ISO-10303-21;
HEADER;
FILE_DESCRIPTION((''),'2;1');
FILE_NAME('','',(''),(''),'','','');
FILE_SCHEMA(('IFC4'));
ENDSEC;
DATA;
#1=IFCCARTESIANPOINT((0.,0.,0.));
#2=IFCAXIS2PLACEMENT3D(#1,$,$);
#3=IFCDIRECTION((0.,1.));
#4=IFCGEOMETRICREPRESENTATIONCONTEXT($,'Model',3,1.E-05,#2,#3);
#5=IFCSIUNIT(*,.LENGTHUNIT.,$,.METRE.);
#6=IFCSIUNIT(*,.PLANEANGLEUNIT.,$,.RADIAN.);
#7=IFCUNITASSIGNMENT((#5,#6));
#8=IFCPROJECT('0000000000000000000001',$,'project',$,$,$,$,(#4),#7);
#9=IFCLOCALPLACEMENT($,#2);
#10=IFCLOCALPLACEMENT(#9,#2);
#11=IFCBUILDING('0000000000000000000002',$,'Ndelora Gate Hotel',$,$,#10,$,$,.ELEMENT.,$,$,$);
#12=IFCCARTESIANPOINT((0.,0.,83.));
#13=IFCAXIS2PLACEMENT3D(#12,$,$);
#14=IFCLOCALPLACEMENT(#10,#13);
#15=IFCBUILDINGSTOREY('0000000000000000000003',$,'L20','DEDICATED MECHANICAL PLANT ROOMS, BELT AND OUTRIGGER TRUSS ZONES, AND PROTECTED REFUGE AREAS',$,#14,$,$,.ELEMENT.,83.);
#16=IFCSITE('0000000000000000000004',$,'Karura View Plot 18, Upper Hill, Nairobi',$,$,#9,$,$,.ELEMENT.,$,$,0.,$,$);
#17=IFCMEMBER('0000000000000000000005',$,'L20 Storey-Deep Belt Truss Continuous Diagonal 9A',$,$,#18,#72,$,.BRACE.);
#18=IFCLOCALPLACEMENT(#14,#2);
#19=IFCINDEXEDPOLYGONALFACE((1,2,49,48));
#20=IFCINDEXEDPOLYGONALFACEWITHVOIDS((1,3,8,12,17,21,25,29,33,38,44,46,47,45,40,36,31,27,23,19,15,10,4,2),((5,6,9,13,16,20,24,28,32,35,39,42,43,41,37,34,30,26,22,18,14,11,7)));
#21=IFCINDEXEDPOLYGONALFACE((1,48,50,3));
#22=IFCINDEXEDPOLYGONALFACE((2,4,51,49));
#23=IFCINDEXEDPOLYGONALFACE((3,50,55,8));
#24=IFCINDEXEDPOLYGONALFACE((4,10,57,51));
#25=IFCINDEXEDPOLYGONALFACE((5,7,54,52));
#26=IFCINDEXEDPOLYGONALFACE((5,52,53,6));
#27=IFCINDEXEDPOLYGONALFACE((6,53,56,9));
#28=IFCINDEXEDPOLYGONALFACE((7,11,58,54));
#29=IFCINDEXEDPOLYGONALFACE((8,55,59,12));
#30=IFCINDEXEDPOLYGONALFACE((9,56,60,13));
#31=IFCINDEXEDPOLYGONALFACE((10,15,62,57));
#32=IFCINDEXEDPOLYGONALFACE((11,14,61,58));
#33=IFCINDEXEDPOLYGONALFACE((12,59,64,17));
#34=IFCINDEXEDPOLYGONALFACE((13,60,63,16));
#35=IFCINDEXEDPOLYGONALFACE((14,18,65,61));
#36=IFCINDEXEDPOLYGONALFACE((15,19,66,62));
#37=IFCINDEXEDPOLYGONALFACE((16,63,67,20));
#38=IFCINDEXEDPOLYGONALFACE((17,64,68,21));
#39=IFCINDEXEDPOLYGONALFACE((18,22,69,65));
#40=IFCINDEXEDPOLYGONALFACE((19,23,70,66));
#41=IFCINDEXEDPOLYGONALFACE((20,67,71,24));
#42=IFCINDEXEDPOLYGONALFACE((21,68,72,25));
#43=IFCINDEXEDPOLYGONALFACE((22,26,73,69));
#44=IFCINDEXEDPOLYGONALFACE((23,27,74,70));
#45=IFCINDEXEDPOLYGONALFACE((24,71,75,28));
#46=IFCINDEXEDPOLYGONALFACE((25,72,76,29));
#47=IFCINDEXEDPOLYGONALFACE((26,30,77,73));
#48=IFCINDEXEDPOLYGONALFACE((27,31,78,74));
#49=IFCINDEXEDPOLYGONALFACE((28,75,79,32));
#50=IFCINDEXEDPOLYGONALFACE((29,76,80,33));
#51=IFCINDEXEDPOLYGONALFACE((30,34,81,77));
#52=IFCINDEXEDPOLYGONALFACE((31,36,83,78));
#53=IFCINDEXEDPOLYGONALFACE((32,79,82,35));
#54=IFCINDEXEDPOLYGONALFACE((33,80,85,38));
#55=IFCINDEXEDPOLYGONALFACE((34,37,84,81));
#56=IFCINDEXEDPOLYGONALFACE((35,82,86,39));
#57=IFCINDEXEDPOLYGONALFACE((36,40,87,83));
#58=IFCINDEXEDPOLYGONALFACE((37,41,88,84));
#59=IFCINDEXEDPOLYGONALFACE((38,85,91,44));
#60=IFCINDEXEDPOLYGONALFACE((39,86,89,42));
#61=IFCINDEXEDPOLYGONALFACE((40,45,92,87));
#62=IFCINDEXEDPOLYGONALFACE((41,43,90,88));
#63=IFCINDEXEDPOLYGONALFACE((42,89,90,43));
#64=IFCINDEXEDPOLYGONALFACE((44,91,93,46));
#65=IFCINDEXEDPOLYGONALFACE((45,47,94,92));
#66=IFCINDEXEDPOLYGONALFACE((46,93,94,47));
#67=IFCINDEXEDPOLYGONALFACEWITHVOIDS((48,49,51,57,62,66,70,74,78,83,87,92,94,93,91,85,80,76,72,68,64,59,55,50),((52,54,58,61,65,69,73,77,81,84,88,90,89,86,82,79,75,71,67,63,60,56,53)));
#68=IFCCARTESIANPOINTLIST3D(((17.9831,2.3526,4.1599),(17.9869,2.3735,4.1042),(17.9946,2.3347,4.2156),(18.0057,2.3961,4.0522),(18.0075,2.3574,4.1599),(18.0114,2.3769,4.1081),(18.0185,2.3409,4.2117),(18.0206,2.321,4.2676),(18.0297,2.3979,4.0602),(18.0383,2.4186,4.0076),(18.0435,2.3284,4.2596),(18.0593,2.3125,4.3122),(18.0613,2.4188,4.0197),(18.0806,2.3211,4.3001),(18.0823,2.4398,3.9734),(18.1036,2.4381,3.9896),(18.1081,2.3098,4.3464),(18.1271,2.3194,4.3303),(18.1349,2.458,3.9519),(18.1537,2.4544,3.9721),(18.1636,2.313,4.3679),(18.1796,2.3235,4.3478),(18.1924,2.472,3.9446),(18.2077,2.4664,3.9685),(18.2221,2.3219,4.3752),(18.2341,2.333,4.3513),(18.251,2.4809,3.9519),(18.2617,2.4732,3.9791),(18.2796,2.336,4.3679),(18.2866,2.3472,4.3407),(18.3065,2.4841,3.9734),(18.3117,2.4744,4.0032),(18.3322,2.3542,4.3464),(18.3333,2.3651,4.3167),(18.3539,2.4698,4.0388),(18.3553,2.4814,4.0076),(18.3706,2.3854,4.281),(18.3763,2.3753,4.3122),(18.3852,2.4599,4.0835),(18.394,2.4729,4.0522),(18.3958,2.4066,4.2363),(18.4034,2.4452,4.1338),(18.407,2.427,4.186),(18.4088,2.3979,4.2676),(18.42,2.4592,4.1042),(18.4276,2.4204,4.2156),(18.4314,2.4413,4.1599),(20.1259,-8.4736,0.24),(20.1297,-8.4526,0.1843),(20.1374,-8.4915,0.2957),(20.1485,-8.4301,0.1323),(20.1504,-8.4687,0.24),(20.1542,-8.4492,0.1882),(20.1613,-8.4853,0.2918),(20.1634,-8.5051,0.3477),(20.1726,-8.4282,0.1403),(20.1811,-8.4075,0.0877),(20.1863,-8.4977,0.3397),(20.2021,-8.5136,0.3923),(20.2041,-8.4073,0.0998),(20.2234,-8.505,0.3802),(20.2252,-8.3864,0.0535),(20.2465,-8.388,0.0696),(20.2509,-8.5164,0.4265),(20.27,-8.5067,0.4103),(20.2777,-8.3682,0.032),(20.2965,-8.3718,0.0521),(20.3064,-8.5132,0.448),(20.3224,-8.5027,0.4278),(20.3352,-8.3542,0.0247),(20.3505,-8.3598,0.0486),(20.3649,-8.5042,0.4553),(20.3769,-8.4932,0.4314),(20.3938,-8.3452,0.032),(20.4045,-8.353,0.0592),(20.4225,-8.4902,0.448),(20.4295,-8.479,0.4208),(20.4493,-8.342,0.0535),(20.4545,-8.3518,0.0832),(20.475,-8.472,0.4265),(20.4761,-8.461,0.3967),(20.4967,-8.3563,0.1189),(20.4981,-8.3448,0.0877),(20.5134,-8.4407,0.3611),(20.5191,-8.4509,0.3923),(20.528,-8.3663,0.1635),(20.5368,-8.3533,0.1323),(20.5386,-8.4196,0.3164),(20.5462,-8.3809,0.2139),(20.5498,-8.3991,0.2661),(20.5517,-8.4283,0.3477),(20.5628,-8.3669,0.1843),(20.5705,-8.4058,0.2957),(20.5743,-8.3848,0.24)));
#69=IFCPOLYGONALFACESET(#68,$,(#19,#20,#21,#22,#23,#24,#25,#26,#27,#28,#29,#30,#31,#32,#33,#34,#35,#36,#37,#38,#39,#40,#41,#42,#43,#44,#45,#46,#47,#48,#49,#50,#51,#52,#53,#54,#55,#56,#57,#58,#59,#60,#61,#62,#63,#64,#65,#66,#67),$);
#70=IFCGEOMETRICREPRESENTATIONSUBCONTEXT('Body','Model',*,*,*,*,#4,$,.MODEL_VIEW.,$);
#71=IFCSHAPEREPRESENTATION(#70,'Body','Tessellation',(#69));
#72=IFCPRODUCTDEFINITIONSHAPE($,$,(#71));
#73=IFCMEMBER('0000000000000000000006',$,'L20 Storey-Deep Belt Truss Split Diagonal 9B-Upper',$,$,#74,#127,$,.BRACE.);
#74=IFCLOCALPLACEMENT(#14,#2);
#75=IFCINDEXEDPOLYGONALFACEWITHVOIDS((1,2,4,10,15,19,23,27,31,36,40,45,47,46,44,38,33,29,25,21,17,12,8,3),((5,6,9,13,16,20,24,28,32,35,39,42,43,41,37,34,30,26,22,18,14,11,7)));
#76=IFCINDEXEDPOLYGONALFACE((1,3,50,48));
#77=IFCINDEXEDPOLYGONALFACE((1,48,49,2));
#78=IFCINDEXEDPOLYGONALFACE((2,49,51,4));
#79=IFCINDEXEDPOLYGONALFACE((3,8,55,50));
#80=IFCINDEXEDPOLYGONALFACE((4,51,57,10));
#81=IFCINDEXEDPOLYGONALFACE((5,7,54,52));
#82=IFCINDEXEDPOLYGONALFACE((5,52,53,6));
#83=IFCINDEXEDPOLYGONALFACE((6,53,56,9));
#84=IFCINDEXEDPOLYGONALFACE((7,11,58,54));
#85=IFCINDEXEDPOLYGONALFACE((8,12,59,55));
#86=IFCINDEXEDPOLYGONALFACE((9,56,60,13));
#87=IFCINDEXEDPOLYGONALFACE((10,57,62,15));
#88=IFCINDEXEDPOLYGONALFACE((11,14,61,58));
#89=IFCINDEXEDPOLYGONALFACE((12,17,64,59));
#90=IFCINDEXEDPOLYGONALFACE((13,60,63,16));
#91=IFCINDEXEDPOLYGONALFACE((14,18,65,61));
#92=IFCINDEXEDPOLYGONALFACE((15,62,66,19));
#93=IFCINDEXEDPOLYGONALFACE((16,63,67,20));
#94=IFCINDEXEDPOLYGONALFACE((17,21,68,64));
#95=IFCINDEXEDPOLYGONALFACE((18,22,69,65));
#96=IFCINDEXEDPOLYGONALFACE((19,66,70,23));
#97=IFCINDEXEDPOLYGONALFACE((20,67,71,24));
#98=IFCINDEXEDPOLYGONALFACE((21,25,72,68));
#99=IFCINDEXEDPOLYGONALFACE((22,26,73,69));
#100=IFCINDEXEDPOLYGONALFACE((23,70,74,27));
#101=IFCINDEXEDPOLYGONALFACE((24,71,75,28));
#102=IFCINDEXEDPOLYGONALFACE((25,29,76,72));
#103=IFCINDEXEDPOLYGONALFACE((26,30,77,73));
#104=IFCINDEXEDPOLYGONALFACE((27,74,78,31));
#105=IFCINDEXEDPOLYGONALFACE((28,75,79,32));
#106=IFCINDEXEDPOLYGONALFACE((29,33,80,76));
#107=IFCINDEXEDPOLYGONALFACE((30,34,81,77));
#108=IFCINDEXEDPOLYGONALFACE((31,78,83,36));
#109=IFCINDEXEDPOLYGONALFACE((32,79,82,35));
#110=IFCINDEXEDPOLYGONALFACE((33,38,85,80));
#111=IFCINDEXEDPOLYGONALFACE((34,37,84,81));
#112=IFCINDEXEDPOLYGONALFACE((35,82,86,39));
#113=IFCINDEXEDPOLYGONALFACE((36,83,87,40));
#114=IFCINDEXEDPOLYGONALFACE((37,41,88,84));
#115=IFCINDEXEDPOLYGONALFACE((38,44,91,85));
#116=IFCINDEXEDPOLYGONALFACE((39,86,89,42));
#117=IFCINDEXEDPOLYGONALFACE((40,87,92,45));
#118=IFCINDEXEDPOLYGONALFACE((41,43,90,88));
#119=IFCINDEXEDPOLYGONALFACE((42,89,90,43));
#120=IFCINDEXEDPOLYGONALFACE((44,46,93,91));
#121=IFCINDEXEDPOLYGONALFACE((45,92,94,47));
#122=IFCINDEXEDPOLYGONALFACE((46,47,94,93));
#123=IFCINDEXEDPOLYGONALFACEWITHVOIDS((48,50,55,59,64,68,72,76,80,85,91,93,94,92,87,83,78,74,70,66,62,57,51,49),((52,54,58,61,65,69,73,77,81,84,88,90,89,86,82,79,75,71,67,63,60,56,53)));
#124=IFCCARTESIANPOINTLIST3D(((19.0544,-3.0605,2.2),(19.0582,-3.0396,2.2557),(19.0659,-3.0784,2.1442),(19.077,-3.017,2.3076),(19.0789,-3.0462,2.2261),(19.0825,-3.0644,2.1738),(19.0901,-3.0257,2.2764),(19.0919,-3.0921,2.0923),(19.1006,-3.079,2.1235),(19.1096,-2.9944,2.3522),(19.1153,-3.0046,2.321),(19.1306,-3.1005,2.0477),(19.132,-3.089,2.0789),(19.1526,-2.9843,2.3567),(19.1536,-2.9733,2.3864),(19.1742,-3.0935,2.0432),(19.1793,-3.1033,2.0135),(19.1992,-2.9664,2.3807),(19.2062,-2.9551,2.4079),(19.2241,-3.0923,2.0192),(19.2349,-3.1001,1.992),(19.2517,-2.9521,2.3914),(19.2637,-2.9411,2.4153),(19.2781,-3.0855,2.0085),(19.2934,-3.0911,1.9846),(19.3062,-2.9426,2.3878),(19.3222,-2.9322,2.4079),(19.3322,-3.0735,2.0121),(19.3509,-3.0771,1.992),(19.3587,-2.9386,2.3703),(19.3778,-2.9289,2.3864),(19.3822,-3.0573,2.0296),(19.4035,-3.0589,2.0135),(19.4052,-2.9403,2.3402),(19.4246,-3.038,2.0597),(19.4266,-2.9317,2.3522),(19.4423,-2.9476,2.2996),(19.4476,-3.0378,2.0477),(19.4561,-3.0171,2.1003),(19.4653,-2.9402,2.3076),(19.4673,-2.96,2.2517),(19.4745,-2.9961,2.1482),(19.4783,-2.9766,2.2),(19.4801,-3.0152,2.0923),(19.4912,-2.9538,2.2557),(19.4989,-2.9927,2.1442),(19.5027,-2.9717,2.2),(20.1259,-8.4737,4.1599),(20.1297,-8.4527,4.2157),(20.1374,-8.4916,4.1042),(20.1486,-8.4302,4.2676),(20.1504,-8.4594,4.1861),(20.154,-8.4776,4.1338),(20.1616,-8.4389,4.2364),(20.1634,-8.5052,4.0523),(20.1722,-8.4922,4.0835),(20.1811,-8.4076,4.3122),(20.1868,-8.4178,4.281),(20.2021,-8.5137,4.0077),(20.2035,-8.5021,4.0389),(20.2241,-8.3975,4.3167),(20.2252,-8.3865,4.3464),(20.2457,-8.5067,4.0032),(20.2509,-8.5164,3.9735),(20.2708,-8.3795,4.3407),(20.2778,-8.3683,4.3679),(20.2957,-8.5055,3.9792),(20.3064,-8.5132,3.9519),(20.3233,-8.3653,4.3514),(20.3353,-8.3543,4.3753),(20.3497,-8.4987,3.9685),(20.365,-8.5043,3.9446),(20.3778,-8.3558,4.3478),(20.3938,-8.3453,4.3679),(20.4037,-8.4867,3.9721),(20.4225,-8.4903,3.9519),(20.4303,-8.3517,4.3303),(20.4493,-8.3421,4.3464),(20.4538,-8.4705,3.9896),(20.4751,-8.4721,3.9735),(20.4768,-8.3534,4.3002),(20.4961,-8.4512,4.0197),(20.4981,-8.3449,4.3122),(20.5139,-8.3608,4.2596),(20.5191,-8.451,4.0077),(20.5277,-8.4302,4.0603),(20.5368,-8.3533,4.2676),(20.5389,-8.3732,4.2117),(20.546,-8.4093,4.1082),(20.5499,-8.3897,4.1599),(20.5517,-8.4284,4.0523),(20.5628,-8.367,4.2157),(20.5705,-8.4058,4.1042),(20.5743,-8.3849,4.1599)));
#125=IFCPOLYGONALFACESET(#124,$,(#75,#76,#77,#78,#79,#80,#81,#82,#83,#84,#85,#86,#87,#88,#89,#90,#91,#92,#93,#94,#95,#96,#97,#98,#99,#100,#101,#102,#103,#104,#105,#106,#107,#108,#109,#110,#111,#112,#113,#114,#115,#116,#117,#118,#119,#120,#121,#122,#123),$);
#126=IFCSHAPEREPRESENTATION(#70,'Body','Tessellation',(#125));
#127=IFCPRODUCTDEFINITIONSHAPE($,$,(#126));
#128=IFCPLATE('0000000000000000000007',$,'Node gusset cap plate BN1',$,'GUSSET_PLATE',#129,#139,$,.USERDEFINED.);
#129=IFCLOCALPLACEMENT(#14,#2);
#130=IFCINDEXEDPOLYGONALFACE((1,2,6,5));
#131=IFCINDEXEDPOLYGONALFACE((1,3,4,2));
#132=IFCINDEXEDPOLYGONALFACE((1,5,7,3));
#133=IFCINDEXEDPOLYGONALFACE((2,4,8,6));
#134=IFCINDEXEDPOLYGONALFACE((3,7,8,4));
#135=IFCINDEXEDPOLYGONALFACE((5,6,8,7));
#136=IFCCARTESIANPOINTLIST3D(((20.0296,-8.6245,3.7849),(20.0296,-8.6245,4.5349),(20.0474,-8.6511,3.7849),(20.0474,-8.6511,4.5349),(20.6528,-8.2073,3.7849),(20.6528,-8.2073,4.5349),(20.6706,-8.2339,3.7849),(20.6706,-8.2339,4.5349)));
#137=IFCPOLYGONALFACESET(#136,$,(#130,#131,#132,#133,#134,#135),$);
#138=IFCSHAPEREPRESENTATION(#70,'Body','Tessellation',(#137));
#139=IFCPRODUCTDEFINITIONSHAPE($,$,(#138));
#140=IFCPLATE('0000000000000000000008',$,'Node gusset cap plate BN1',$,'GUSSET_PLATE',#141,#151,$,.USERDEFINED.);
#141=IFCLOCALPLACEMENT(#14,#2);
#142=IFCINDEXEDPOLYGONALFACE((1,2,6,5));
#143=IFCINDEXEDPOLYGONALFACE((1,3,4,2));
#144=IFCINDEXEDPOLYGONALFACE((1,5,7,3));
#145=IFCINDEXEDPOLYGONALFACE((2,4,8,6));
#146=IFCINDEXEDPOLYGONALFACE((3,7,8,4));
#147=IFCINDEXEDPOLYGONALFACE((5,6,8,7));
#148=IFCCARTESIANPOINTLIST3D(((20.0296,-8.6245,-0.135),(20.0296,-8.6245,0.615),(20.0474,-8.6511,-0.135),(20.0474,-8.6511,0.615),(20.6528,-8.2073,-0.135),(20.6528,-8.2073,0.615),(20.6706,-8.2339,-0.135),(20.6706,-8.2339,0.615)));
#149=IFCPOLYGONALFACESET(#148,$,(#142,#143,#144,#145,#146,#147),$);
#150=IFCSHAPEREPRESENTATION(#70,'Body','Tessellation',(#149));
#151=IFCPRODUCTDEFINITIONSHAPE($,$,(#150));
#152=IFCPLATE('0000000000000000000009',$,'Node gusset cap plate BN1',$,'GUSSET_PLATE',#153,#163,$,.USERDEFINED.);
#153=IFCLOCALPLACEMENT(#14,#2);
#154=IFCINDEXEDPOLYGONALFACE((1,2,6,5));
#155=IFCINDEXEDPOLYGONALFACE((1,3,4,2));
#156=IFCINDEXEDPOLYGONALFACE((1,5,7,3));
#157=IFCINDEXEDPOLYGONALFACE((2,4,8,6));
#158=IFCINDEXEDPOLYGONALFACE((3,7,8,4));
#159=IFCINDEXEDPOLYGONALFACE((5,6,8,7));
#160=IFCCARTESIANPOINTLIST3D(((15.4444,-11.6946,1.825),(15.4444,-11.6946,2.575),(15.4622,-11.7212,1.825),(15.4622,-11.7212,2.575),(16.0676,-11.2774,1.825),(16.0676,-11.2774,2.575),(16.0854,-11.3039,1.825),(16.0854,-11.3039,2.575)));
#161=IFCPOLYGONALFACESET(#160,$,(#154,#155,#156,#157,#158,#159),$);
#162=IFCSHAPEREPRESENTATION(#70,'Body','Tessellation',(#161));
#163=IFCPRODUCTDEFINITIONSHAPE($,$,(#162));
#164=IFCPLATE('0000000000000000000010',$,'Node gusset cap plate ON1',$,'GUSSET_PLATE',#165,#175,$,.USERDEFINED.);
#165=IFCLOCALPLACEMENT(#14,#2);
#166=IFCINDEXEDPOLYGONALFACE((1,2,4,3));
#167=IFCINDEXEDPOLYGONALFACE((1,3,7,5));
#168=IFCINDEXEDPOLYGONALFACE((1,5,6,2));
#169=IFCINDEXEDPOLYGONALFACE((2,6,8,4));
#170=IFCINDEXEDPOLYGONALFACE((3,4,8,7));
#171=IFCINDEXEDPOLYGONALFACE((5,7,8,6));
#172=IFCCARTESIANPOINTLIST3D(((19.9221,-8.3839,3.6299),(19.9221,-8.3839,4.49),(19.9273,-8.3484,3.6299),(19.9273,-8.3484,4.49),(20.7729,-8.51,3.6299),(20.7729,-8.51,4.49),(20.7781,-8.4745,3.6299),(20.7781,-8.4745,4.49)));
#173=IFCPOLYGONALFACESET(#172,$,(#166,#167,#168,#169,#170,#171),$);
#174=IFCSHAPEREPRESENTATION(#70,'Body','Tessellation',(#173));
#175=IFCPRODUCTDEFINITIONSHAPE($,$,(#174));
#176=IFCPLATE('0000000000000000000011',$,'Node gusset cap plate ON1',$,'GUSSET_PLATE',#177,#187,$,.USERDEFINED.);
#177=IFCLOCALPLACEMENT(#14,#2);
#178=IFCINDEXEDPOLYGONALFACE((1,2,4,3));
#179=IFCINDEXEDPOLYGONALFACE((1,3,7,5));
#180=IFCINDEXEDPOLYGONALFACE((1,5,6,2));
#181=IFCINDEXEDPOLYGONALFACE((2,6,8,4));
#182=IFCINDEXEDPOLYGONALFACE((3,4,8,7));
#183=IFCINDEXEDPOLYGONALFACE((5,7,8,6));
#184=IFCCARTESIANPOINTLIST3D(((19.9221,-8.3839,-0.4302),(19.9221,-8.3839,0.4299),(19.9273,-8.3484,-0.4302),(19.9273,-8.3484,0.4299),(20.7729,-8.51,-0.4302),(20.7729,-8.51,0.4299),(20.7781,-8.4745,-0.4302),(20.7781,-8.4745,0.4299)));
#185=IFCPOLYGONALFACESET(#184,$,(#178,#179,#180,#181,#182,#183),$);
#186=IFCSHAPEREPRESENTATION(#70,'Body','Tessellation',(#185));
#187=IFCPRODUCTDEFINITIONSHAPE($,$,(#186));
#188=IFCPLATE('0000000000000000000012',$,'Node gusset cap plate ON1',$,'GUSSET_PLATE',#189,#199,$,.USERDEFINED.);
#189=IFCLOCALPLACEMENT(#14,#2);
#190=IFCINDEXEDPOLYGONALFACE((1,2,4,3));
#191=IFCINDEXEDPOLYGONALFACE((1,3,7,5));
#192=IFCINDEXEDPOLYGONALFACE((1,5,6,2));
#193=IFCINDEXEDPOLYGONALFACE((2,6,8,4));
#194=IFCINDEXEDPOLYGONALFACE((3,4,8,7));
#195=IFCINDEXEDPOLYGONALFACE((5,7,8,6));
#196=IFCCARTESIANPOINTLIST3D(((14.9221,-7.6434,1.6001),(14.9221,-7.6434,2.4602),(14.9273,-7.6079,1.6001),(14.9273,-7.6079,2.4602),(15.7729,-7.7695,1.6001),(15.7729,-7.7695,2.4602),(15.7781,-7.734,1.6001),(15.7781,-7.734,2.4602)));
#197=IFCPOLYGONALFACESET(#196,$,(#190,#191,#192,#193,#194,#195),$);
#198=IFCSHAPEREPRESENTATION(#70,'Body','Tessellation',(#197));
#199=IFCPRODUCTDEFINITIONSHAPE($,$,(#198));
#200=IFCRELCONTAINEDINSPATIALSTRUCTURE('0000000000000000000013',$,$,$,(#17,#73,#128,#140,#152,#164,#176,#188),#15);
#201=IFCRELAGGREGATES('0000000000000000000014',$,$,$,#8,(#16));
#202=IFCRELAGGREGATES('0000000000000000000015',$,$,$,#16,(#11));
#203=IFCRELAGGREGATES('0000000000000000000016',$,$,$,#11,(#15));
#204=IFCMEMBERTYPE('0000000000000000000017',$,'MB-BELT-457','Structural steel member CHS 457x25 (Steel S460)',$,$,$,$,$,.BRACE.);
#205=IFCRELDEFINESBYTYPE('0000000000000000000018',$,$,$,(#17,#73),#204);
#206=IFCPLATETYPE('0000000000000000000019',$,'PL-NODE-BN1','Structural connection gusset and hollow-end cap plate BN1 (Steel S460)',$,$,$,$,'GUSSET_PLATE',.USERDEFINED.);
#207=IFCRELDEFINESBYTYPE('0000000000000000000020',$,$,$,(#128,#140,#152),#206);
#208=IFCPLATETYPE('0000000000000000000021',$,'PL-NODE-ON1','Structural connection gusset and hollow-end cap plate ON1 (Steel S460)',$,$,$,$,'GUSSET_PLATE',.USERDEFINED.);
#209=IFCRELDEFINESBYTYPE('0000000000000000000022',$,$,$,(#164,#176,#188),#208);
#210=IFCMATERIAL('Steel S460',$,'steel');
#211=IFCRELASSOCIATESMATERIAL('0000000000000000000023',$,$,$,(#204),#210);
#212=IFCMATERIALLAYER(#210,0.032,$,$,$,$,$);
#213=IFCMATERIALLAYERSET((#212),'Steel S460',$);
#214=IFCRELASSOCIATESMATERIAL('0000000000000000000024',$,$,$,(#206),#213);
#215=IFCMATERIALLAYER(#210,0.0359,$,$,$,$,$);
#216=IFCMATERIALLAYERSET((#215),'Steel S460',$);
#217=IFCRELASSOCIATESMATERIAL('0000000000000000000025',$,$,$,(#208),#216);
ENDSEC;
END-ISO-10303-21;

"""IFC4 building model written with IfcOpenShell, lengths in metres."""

from ifc_helpers import new_model, si_unit, direction, frame, origin, origin_2d, place, context, subcontext, project, spatial, rectangle, hollow_circle, extrude, material, layer, layer_set, material_profile, profile_set, type_object, element, save


model = new_model("IFC4")

# Units and contexts
model_context = context("Model", 3, precision=1e-05, world=origin(), true_north=direction((0.0, 1.0)))
body_context = subcontext(model_context, "Body", "Model", "MODEL_VIEW")
ifc_project = project(units=[si_unit("LENGTHUNIT", "METRE"), si_unit("PLANEANGLEUNIT", "RADIAN")], contexts=[model_context])

# Site, building, storey
site_placement = place(None, origin())
site = spatial("IfcSite", under=ifc_project, at=site_placement, Name="Karura View Plot 18, Upper Hill, Nairobi", CompositionType="ELEMENT", RefElevation=0.0)
building_placement = place(site_placement, origin())
building = spatial("IfcBuilding", under=site, at=building_placement, Name="Ndelora Gate Hotel", CompositionType="ELEMENT")
storey_placement = place(building_placement, frame((0.0, 0.0, 83.0)))
storey = spatial("IfcBuildingStorey", under=building, at=storey_placement, Name="L20", Description="DEDICATED MECHANICAL PLANT ROOMS, BELT AND OUTRIGGER TRUSS ZONES, AND PROTECTED REFUGE AREAS", CompositionType="ELEMENT", Elevation=83.0)

# Shared definitions
ifc_material_1 = material(Name="Steel S460", Category="steel")

# Members
ifc_material_profile_1 = material_profile(ifc_material_1, hollow_circle(Radius=0.2285, WallThickness=0.0249, at=origin_2d()), Name="CHS 457x25")
ifc_profile_set_1 = profile_set([ifc_material_profile_1], Name="Steel S460")
member_type = type_object("IfcMemberType", Name="MB-BELT-457", Description="Structural steel member CHS 457x25 (Steel S460)", PredefinedType="BRACE", material=ifc_profile_set_1)
member_1_placement = place(storey_placement, frame((20.3501, -8.4292, 0.24), z_axis=(-0.182965, 0.924391, 0.334702), x_axis=(-0.980969, -0.194163, 0.0)))
element("IfcMember", 1, at=member_1_placement, inside=storey, type_object=member_type, Name="L20 Storey-Deep Belt Truss Continuous Diagonal 9A", PredefinedType="BRACE", context=body_context, shape_type="SweptSolid", body=[
    extrude(hollow_circle(Radius=0.2285, WallThickness=0.0249, at=origin_2d()), origin(), (0.0, 0.0, 1.0), 11.7117),
])
member_2_placement = place(storey_placement, frame((19.2786, -3.0161, 2.2), z_axis=(0.182985, -0.924387, 0.334701), x_axis=(0.980965, 0.194184, 0.0)))
element("IfcMember", 2, at=member_2_placement, inside=storey, type_object=member_type, Name="L20 Storey-Deep Belt Truss Split Diagonal 9B-Upper", PredefinedType="BRACE", context=body_context, shape_type="SweptSolid", body=[
    extrude(hollow_circle(Radius=0.2285, WallThickness=0.0249, at=origin_2d()), origin(), (0.0, 0.0, 1.0), 5.856),
])

# Plates
ifc_layer_1 = layer(ifc_material_1, 0.032)
ifc_layer_set_1 = layer_set([ifc_layer_1], Name="Steel S460")
plate_type_1 = type_object("IfcPlateType", Name="PL-NODE-BN1", Description="Structural connection gusset and hollow-end cap plate BN1 (Steel S460)", ElementType="GUSSET_PLATE", PredefinedType="USERDEFINED", material=ifc_layer_set_1)
for number, where, z_axis, x_axis, name in (
    (3, (20.3501, -8.4292, 3.7849), (0.0, 0.0, 1.0), (0.830984, 0.556296, 0.0), "Node gusset cap plate BN1"),
    (4, (20.3501, -8.4292, -0.135), (0.0, 0.0, 1.0), (0.830984, 0.556296, 0.0), "Node gusset cap plate BN1"),
    (5, (15.7649, -11.4993, 1.825), (0.0, 0.0, 1.0), (0.830984, 0.556296, 0.0), "Node gusset cap plate BN1"),
):
    element("IfcPlate", number, at=place(storey_placement, frame(where, z_axis=z_axis, x_axis=x_axis)), inside=storey, type_object=plate_type_1, Name=name, ObjectType="GUSSET_PLATE", PredefinedType="USERDEFINED", context=body_context, shape_type="SweptSolid", body=[
        extrude(rectangle(XDim=0.75, YDim=0.032, at=origin_2d()), origin(), (0.0, 0.0, 1.0), 0.75),
    ])
ifc_layer_2 = layer(ifc_material_1, 0.0359)
ifc_layer_set_2 = layer_set([ifc_layer_2], Name="Steel S460")
plate_type_2 = type_object("IfcPlateType", Name="PL-NODE-ON1", Description="Structural connection gusset and hollow-end cap plate ON1 (Steel S460)", ElementType="GUSSET_PLATE", PredefinedType="USERDEFINED", material=ifc_layer_set_2)
for number, where, z_axis, x_axis, name in (
    (6, (20.3501, -8.4292, 3.6299), (0.0, 0.0, 1.0), (-0.989196, 0.146601, 0.0), "Node gusset cap plate ON1"),
    (7, (20.3501, -8.4292, -0.4302), (0.0, 0.0, 1.0), (-0.989196, 0.146601, 0.0), "Node gusset cap plate ON1"),
    (8, (15.3501, -7.6887, 1.6001), (0.0, 0.0, 1.0), (-0.989196, 0.146601, 0.0), "Node gusset cap plate ON1"),
):
    element("IfcPlate", number, at=place(storey_placement, frame(where, z_axis=z_axis, x_axis=x_axis)), inside=storey, type_object=plate_type_2, Name=name, ObjectType="GUSSET_PLATE", PredefinedType="USERDEFINED", context=body_context, shape_type="SweptSolid", body=[
        extrude(rectangle(XDim=0.8601, YDim=0.0359, at=origin_2d()), origin(), (0.0, 0.0, 1.0), 0.8601),
    ])

save(model, "model.ifc")
